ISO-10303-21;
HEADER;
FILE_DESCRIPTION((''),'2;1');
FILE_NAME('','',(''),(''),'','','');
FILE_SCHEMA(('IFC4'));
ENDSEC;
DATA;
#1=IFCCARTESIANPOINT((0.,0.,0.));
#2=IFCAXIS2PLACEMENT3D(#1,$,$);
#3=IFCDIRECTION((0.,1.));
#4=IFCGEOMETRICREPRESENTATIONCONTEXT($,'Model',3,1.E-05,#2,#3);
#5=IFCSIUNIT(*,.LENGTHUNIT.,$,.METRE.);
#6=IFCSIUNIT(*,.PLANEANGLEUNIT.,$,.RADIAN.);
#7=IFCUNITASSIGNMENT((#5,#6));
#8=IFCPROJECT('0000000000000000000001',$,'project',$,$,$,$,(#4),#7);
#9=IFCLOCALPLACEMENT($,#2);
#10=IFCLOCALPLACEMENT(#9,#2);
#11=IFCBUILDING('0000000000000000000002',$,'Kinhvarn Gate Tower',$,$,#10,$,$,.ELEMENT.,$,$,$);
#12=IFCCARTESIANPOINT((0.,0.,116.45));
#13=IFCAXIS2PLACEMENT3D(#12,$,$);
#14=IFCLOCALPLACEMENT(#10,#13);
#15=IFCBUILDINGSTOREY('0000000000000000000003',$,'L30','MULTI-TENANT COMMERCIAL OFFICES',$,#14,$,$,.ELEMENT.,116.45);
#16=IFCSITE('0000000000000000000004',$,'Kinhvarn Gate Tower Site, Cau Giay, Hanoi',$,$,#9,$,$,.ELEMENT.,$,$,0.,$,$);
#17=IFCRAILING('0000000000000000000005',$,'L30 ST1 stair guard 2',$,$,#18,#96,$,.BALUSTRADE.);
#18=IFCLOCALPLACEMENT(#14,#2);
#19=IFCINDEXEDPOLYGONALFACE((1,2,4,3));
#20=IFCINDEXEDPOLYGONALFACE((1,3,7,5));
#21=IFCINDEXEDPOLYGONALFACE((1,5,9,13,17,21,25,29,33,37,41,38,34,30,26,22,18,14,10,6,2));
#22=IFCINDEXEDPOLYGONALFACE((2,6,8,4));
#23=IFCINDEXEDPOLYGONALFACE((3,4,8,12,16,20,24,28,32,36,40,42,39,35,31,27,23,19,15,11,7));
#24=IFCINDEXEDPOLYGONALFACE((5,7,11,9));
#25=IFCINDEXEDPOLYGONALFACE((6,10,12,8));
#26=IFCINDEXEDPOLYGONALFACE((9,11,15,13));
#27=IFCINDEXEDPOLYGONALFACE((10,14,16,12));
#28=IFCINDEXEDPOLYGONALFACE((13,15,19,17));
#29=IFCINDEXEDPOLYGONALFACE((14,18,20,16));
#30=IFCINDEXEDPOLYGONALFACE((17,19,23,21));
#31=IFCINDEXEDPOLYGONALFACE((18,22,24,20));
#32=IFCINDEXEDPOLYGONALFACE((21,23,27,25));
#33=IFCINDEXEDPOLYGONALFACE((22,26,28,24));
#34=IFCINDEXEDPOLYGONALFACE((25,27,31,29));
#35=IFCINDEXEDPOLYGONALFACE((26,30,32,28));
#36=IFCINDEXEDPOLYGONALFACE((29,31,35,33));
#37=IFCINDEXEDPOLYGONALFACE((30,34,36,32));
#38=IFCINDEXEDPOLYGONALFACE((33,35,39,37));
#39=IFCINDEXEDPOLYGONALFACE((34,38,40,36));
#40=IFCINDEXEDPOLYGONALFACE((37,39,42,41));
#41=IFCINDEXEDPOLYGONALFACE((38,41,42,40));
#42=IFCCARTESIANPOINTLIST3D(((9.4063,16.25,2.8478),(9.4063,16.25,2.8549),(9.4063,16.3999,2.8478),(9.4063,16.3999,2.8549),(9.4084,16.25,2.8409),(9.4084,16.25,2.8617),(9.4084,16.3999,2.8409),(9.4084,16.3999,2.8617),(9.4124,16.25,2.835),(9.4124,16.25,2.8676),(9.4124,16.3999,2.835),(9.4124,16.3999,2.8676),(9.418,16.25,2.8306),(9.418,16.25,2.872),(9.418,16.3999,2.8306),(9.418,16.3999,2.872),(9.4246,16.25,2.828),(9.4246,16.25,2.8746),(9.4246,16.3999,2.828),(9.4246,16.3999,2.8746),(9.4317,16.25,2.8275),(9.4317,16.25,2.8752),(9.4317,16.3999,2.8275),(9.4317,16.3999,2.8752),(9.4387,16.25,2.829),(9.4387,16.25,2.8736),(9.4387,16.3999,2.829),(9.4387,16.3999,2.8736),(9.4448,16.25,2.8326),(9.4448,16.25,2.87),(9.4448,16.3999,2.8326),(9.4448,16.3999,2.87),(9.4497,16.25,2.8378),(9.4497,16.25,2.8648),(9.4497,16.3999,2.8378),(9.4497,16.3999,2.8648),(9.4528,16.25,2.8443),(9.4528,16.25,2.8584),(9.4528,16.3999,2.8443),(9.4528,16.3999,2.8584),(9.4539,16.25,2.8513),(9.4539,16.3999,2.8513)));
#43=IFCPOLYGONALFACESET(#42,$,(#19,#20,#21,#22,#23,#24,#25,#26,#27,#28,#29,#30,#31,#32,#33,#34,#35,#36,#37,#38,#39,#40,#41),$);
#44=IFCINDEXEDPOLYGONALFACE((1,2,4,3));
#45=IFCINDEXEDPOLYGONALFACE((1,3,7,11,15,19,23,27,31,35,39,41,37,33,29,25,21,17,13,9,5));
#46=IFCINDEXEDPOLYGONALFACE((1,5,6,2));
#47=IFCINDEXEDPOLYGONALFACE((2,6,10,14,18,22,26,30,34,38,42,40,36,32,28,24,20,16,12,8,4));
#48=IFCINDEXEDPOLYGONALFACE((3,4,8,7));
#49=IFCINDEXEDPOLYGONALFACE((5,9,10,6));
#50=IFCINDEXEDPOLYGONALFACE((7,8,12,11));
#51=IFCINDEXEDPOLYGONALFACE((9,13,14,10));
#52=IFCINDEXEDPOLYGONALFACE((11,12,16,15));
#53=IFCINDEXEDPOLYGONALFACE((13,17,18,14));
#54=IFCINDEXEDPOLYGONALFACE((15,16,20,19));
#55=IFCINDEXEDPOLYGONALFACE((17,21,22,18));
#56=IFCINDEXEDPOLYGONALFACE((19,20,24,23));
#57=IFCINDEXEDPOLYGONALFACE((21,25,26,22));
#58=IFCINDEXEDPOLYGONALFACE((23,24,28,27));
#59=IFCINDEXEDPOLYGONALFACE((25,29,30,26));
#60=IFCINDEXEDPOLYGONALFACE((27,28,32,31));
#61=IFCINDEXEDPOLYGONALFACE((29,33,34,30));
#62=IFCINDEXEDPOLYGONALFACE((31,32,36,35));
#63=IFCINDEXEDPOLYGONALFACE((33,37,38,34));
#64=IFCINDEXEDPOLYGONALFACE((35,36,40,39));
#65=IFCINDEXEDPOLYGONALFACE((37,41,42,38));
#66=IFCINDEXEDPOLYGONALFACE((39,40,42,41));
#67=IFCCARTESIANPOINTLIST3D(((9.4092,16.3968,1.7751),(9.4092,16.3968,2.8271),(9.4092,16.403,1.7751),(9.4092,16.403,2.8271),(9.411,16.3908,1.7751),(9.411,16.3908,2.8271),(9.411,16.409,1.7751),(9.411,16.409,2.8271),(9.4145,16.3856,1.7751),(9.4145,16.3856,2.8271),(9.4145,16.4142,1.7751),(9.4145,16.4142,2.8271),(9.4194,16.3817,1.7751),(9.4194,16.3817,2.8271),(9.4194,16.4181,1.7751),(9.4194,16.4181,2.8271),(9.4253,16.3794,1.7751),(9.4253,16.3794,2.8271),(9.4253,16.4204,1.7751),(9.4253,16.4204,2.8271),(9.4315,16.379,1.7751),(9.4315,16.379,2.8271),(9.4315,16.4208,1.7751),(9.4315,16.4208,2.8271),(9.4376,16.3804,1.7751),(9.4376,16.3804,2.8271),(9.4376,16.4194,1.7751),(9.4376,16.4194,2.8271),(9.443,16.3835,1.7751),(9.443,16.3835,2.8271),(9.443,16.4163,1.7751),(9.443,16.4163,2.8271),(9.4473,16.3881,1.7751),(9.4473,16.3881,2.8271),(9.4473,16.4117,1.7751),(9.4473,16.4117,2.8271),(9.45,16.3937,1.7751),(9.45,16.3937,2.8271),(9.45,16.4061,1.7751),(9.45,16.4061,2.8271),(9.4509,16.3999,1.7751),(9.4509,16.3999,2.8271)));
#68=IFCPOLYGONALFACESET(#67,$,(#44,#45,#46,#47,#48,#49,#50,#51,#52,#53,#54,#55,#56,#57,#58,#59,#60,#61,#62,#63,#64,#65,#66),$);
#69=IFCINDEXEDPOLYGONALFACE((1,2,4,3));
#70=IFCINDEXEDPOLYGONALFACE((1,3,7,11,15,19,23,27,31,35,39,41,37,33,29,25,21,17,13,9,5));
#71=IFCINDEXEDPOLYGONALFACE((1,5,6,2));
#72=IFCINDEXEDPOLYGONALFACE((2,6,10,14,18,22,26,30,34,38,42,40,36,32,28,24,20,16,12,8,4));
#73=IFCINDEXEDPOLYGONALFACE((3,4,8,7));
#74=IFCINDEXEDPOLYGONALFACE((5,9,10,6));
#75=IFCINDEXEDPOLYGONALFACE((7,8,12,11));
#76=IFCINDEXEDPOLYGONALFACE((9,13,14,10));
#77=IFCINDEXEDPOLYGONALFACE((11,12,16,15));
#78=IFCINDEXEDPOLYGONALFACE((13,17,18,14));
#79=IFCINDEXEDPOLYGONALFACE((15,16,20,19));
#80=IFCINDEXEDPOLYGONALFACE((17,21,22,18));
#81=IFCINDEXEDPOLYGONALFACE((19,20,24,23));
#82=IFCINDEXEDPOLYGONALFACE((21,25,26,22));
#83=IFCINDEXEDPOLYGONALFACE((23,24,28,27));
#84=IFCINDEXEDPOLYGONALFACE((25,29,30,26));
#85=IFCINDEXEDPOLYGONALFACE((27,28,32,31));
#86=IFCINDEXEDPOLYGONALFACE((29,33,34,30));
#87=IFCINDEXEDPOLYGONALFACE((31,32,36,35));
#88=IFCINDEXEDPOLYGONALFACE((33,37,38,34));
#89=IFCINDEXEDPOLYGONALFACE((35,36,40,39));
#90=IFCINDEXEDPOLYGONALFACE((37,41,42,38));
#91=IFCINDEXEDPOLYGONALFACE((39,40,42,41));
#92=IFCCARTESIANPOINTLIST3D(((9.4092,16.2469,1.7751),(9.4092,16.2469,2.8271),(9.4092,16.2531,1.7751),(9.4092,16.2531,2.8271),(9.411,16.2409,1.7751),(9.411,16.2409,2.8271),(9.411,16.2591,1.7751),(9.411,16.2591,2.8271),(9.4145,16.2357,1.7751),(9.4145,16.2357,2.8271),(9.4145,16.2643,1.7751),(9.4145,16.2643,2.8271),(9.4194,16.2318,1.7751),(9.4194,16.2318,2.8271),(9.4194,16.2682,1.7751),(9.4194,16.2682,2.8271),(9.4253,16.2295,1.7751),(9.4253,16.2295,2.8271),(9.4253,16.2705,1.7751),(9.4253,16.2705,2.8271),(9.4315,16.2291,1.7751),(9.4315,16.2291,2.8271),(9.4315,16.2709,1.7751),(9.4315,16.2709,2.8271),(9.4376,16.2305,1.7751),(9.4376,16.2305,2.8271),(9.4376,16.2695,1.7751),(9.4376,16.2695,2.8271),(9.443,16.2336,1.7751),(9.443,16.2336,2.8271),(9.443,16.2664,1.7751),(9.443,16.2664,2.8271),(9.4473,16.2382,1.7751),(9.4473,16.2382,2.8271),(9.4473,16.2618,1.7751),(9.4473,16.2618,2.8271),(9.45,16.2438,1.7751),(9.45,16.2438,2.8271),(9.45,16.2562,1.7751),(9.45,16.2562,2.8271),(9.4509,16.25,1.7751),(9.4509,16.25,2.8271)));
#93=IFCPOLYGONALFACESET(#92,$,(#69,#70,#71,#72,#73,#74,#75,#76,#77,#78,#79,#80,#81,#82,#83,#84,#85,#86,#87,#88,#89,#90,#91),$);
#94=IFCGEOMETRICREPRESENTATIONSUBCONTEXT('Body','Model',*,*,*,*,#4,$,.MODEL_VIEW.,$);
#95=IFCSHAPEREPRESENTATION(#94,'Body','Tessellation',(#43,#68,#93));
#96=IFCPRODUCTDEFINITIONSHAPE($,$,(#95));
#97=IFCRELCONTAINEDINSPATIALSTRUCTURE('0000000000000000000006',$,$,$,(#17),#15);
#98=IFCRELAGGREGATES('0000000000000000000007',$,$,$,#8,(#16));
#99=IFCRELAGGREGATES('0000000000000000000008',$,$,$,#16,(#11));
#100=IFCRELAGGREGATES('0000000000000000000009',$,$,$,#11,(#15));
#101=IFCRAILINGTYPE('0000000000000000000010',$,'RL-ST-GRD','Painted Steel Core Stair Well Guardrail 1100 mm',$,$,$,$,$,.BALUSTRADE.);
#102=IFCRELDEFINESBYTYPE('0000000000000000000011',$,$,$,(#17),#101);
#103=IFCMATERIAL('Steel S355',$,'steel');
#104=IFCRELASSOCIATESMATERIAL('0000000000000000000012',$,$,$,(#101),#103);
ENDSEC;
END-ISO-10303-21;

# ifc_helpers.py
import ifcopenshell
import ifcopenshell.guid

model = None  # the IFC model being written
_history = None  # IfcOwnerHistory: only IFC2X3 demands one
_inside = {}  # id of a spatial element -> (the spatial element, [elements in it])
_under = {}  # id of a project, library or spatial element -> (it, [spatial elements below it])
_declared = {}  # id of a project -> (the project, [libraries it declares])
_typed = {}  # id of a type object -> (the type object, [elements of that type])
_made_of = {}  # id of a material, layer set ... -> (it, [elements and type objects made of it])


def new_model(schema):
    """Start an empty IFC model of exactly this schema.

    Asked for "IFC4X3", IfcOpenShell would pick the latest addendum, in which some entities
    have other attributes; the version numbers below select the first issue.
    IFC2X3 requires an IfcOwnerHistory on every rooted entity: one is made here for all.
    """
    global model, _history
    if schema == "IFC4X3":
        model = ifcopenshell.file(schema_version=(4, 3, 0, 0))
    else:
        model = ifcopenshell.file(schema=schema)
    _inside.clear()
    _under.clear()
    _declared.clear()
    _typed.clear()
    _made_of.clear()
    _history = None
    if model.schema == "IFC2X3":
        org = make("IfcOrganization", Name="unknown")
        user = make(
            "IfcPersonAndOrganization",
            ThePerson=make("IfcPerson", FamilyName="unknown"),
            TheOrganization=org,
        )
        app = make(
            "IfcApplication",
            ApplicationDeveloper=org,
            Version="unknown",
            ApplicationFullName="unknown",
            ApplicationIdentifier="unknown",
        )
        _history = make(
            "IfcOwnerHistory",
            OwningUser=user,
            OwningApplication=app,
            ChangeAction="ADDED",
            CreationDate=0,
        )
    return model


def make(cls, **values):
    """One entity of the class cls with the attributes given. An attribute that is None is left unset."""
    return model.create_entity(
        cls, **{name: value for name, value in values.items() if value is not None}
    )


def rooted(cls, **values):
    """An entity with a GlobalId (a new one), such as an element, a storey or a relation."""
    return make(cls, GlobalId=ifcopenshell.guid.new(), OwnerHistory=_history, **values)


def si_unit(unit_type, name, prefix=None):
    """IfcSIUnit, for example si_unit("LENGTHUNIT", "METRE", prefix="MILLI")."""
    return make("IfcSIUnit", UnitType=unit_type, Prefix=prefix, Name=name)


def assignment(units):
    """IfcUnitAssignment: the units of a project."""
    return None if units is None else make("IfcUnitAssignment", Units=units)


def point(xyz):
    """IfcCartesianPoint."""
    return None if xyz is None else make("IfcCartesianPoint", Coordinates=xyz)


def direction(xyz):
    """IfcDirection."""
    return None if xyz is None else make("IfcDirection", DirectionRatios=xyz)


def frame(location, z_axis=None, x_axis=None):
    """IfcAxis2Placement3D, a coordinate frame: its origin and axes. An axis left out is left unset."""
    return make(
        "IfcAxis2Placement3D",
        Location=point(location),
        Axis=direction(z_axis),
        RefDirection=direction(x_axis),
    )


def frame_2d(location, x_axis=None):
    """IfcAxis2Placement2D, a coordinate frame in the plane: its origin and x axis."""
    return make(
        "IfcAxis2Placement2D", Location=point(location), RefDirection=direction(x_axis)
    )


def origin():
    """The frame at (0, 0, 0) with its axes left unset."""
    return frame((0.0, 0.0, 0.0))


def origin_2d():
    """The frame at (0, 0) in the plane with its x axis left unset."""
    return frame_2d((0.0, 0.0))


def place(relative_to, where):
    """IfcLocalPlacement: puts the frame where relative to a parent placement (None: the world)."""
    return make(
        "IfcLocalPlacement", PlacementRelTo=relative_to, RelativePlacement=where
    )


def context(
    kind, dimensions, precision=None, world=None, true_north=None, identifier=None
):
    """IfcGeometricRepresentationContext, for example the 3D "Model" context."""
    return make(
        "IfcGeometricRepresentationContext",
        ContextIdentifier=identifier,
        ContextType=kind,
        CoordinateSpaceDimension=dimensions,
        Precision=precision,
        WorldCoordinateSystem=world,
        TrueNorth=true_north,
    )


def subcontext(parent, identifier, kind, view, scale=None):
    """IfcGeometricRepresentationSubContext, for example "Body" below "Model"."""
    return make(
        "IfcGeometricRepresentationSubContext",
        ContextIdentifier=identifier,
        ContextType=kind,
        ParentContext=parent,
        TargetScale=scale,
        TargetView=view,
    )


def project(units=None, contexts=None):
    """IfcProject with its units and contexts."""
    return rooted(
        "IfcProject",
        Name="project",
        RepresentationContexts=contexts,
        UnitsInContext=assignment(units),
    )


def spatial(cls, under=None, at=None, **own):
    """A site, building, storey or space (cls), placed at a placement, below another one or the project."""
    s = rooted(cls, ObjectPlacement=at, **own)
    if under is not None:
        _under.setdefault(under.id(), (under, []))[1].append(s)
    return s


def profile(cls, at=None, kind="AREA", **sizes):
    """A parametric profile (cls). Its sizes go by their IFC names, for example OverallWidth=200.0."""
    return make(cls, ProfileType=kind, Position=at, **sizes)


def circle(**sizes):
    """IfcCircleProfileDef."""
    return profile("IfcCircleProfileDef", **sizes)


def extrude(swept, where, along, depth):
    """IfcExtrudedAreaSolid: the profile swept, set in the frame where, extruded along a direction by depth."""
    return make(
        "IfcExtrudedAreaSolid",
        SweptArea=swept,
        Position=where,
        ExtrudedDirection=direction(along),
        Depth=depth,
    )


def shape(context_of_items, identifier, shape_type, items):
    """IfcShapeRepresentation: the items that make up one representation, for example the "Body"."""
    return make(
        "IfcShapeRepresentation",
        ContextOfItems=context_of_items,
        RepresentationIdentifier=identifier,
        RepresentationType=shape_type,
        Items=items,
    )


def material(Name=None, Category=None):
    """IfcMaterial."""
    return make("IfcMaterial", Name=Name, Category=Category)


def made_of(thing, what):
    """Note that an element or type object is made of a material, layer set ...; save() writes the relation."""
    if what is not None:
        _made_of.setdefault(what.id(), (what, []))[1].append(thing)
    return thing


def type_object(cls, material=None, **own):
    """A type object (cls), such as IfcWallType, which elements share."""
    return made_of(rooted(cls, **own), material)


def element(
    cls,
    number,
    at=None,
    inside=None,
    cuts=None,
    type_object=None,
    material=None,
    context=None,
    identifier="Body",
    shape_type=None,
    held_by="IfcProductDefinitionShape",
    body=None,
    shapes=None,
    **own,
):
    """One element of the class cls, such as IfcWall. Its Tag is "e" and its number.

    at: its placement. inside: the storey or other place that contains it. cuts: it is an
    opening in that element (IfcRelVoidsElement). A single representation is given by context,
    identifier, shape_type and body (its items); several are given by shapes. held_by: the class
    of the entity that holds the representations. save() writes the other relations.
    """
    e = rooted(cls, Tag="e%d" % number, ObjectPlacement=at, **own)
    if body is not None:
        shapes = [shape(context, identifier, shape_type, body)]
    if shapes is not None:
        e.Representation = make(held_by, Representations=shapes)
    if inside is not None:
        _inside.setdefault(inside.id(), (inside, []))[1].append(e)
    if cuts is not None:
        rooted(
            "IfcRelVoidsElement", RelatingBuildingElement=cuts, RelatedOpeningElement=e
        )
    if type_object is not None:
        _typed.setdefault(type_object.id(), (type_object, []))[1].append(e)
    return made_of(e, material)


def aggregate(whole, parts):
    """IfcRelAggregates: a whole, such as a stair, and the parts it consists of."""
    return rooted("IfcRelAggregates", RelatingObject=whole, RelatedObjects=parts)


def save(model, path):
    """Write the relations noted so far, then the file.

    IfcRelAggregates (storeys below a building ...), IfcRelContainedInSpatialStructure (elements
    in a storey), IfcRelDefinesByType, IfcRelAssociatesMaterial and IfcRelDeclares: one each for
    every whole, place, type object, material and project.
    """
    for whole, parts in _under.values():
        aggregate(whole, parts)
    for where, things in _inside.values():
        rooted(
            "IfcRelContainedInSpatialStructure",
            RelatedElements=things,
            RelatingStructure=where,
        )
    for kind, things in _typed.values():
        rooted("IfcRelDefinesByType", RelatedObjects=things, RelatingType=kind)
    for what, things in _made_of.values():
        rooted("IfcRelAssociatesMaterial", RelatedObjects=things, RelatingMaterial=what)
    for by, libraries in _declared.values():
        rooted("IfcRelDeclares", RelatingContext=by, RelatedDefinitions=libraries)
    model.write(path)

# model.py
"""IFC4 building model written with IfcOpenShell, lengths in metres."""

from ifc_helpers import new_model, si_unit, direction, frame, origin, origin_2d, place, context, subcontext, project, spatial, circle, extrude, material, type_object, element, save


model = new_model("IFC4")

# Units and contexts
model_context = context("Model", 3, precision=1e-05, world=origin(), true_north=direction((0.0, 1.0)))
body_context = subcontext(model_context, "Body", "Model", "MODEL_VIEW")
ifc_project = project(units=[si_unit("LENGTHUNIT", "METRE"), si_unit("PLANEANGLEUNIT", "RADIAN")], contexts=[model_context])

# Site, building, storey
site_placement = place(None, origin())
site = spatial("IfcSite", under=ifc_project, at=site_placement, Name="Kinhvarn Gate Tower Site, Cau Giay, Hanoi", CompositionType="ELEMENT", RefElevation=0.0)
building_placement = place(site_placement, origin())
building = spatial("IfcBuilding", under=site, at=building_placement, Name="Kinhvarn Gate Tower", CompositionType="ELEMENT")
storey_placement = place(building_placement, frame((0.0, 0.0, 116.45)))
storey = spatial("IfcBuildingStorey", under=building, at=storey_placement, Name="L30", Description="MULTI-TENANT COMMERCIAL OFFICES", CompositionType="ELEMENT", Elevation=116.45)

# Shared definitions
ifc_material_1 = material(Name="Steel S355", Category="steel")

# Railing
railing_type_1 = type_object("IfcRailingType", Name="RL-ST-GRD", Description="Painted Steel Core Stair Well Guardrail 1100 mm", PredefinedType="BALUSTRADE", material=ifc_material_1)
railing_1_placement = place(storey_placement, frame((9.4299, 16.3999, 1.7751)))
element("IfcRailing", 1, at=railing_1_placement, inside=storey, type_object=railing_type_1, Name="L30 ST1 stair guard 2", PredefinedType="BALUSTRADE", context=body_context, shape_type="SweptSolid", body=[
    extrude(circle(Radius=0.0239, at=origin_2d()), frame((0.0, 0.0, 1.0762), z_axis=(0.0, -1.0, 0.0), x_axis=(1.0, 0.0, 0.0)), (0.0, 0.0, 1.0), 0.1499),
    extrude(circle(Radius=0.021, at=origin_2d()), origin(), (0.0, 0.0, 1.0), 1.052),
    extrude(circle(Radius=0.021, at=origin_2d()), frame((0.0, -0.1499, 0.0)), (0.0, 0.0, 1.0), 1.052),
])

save(model, "model.ifc")
